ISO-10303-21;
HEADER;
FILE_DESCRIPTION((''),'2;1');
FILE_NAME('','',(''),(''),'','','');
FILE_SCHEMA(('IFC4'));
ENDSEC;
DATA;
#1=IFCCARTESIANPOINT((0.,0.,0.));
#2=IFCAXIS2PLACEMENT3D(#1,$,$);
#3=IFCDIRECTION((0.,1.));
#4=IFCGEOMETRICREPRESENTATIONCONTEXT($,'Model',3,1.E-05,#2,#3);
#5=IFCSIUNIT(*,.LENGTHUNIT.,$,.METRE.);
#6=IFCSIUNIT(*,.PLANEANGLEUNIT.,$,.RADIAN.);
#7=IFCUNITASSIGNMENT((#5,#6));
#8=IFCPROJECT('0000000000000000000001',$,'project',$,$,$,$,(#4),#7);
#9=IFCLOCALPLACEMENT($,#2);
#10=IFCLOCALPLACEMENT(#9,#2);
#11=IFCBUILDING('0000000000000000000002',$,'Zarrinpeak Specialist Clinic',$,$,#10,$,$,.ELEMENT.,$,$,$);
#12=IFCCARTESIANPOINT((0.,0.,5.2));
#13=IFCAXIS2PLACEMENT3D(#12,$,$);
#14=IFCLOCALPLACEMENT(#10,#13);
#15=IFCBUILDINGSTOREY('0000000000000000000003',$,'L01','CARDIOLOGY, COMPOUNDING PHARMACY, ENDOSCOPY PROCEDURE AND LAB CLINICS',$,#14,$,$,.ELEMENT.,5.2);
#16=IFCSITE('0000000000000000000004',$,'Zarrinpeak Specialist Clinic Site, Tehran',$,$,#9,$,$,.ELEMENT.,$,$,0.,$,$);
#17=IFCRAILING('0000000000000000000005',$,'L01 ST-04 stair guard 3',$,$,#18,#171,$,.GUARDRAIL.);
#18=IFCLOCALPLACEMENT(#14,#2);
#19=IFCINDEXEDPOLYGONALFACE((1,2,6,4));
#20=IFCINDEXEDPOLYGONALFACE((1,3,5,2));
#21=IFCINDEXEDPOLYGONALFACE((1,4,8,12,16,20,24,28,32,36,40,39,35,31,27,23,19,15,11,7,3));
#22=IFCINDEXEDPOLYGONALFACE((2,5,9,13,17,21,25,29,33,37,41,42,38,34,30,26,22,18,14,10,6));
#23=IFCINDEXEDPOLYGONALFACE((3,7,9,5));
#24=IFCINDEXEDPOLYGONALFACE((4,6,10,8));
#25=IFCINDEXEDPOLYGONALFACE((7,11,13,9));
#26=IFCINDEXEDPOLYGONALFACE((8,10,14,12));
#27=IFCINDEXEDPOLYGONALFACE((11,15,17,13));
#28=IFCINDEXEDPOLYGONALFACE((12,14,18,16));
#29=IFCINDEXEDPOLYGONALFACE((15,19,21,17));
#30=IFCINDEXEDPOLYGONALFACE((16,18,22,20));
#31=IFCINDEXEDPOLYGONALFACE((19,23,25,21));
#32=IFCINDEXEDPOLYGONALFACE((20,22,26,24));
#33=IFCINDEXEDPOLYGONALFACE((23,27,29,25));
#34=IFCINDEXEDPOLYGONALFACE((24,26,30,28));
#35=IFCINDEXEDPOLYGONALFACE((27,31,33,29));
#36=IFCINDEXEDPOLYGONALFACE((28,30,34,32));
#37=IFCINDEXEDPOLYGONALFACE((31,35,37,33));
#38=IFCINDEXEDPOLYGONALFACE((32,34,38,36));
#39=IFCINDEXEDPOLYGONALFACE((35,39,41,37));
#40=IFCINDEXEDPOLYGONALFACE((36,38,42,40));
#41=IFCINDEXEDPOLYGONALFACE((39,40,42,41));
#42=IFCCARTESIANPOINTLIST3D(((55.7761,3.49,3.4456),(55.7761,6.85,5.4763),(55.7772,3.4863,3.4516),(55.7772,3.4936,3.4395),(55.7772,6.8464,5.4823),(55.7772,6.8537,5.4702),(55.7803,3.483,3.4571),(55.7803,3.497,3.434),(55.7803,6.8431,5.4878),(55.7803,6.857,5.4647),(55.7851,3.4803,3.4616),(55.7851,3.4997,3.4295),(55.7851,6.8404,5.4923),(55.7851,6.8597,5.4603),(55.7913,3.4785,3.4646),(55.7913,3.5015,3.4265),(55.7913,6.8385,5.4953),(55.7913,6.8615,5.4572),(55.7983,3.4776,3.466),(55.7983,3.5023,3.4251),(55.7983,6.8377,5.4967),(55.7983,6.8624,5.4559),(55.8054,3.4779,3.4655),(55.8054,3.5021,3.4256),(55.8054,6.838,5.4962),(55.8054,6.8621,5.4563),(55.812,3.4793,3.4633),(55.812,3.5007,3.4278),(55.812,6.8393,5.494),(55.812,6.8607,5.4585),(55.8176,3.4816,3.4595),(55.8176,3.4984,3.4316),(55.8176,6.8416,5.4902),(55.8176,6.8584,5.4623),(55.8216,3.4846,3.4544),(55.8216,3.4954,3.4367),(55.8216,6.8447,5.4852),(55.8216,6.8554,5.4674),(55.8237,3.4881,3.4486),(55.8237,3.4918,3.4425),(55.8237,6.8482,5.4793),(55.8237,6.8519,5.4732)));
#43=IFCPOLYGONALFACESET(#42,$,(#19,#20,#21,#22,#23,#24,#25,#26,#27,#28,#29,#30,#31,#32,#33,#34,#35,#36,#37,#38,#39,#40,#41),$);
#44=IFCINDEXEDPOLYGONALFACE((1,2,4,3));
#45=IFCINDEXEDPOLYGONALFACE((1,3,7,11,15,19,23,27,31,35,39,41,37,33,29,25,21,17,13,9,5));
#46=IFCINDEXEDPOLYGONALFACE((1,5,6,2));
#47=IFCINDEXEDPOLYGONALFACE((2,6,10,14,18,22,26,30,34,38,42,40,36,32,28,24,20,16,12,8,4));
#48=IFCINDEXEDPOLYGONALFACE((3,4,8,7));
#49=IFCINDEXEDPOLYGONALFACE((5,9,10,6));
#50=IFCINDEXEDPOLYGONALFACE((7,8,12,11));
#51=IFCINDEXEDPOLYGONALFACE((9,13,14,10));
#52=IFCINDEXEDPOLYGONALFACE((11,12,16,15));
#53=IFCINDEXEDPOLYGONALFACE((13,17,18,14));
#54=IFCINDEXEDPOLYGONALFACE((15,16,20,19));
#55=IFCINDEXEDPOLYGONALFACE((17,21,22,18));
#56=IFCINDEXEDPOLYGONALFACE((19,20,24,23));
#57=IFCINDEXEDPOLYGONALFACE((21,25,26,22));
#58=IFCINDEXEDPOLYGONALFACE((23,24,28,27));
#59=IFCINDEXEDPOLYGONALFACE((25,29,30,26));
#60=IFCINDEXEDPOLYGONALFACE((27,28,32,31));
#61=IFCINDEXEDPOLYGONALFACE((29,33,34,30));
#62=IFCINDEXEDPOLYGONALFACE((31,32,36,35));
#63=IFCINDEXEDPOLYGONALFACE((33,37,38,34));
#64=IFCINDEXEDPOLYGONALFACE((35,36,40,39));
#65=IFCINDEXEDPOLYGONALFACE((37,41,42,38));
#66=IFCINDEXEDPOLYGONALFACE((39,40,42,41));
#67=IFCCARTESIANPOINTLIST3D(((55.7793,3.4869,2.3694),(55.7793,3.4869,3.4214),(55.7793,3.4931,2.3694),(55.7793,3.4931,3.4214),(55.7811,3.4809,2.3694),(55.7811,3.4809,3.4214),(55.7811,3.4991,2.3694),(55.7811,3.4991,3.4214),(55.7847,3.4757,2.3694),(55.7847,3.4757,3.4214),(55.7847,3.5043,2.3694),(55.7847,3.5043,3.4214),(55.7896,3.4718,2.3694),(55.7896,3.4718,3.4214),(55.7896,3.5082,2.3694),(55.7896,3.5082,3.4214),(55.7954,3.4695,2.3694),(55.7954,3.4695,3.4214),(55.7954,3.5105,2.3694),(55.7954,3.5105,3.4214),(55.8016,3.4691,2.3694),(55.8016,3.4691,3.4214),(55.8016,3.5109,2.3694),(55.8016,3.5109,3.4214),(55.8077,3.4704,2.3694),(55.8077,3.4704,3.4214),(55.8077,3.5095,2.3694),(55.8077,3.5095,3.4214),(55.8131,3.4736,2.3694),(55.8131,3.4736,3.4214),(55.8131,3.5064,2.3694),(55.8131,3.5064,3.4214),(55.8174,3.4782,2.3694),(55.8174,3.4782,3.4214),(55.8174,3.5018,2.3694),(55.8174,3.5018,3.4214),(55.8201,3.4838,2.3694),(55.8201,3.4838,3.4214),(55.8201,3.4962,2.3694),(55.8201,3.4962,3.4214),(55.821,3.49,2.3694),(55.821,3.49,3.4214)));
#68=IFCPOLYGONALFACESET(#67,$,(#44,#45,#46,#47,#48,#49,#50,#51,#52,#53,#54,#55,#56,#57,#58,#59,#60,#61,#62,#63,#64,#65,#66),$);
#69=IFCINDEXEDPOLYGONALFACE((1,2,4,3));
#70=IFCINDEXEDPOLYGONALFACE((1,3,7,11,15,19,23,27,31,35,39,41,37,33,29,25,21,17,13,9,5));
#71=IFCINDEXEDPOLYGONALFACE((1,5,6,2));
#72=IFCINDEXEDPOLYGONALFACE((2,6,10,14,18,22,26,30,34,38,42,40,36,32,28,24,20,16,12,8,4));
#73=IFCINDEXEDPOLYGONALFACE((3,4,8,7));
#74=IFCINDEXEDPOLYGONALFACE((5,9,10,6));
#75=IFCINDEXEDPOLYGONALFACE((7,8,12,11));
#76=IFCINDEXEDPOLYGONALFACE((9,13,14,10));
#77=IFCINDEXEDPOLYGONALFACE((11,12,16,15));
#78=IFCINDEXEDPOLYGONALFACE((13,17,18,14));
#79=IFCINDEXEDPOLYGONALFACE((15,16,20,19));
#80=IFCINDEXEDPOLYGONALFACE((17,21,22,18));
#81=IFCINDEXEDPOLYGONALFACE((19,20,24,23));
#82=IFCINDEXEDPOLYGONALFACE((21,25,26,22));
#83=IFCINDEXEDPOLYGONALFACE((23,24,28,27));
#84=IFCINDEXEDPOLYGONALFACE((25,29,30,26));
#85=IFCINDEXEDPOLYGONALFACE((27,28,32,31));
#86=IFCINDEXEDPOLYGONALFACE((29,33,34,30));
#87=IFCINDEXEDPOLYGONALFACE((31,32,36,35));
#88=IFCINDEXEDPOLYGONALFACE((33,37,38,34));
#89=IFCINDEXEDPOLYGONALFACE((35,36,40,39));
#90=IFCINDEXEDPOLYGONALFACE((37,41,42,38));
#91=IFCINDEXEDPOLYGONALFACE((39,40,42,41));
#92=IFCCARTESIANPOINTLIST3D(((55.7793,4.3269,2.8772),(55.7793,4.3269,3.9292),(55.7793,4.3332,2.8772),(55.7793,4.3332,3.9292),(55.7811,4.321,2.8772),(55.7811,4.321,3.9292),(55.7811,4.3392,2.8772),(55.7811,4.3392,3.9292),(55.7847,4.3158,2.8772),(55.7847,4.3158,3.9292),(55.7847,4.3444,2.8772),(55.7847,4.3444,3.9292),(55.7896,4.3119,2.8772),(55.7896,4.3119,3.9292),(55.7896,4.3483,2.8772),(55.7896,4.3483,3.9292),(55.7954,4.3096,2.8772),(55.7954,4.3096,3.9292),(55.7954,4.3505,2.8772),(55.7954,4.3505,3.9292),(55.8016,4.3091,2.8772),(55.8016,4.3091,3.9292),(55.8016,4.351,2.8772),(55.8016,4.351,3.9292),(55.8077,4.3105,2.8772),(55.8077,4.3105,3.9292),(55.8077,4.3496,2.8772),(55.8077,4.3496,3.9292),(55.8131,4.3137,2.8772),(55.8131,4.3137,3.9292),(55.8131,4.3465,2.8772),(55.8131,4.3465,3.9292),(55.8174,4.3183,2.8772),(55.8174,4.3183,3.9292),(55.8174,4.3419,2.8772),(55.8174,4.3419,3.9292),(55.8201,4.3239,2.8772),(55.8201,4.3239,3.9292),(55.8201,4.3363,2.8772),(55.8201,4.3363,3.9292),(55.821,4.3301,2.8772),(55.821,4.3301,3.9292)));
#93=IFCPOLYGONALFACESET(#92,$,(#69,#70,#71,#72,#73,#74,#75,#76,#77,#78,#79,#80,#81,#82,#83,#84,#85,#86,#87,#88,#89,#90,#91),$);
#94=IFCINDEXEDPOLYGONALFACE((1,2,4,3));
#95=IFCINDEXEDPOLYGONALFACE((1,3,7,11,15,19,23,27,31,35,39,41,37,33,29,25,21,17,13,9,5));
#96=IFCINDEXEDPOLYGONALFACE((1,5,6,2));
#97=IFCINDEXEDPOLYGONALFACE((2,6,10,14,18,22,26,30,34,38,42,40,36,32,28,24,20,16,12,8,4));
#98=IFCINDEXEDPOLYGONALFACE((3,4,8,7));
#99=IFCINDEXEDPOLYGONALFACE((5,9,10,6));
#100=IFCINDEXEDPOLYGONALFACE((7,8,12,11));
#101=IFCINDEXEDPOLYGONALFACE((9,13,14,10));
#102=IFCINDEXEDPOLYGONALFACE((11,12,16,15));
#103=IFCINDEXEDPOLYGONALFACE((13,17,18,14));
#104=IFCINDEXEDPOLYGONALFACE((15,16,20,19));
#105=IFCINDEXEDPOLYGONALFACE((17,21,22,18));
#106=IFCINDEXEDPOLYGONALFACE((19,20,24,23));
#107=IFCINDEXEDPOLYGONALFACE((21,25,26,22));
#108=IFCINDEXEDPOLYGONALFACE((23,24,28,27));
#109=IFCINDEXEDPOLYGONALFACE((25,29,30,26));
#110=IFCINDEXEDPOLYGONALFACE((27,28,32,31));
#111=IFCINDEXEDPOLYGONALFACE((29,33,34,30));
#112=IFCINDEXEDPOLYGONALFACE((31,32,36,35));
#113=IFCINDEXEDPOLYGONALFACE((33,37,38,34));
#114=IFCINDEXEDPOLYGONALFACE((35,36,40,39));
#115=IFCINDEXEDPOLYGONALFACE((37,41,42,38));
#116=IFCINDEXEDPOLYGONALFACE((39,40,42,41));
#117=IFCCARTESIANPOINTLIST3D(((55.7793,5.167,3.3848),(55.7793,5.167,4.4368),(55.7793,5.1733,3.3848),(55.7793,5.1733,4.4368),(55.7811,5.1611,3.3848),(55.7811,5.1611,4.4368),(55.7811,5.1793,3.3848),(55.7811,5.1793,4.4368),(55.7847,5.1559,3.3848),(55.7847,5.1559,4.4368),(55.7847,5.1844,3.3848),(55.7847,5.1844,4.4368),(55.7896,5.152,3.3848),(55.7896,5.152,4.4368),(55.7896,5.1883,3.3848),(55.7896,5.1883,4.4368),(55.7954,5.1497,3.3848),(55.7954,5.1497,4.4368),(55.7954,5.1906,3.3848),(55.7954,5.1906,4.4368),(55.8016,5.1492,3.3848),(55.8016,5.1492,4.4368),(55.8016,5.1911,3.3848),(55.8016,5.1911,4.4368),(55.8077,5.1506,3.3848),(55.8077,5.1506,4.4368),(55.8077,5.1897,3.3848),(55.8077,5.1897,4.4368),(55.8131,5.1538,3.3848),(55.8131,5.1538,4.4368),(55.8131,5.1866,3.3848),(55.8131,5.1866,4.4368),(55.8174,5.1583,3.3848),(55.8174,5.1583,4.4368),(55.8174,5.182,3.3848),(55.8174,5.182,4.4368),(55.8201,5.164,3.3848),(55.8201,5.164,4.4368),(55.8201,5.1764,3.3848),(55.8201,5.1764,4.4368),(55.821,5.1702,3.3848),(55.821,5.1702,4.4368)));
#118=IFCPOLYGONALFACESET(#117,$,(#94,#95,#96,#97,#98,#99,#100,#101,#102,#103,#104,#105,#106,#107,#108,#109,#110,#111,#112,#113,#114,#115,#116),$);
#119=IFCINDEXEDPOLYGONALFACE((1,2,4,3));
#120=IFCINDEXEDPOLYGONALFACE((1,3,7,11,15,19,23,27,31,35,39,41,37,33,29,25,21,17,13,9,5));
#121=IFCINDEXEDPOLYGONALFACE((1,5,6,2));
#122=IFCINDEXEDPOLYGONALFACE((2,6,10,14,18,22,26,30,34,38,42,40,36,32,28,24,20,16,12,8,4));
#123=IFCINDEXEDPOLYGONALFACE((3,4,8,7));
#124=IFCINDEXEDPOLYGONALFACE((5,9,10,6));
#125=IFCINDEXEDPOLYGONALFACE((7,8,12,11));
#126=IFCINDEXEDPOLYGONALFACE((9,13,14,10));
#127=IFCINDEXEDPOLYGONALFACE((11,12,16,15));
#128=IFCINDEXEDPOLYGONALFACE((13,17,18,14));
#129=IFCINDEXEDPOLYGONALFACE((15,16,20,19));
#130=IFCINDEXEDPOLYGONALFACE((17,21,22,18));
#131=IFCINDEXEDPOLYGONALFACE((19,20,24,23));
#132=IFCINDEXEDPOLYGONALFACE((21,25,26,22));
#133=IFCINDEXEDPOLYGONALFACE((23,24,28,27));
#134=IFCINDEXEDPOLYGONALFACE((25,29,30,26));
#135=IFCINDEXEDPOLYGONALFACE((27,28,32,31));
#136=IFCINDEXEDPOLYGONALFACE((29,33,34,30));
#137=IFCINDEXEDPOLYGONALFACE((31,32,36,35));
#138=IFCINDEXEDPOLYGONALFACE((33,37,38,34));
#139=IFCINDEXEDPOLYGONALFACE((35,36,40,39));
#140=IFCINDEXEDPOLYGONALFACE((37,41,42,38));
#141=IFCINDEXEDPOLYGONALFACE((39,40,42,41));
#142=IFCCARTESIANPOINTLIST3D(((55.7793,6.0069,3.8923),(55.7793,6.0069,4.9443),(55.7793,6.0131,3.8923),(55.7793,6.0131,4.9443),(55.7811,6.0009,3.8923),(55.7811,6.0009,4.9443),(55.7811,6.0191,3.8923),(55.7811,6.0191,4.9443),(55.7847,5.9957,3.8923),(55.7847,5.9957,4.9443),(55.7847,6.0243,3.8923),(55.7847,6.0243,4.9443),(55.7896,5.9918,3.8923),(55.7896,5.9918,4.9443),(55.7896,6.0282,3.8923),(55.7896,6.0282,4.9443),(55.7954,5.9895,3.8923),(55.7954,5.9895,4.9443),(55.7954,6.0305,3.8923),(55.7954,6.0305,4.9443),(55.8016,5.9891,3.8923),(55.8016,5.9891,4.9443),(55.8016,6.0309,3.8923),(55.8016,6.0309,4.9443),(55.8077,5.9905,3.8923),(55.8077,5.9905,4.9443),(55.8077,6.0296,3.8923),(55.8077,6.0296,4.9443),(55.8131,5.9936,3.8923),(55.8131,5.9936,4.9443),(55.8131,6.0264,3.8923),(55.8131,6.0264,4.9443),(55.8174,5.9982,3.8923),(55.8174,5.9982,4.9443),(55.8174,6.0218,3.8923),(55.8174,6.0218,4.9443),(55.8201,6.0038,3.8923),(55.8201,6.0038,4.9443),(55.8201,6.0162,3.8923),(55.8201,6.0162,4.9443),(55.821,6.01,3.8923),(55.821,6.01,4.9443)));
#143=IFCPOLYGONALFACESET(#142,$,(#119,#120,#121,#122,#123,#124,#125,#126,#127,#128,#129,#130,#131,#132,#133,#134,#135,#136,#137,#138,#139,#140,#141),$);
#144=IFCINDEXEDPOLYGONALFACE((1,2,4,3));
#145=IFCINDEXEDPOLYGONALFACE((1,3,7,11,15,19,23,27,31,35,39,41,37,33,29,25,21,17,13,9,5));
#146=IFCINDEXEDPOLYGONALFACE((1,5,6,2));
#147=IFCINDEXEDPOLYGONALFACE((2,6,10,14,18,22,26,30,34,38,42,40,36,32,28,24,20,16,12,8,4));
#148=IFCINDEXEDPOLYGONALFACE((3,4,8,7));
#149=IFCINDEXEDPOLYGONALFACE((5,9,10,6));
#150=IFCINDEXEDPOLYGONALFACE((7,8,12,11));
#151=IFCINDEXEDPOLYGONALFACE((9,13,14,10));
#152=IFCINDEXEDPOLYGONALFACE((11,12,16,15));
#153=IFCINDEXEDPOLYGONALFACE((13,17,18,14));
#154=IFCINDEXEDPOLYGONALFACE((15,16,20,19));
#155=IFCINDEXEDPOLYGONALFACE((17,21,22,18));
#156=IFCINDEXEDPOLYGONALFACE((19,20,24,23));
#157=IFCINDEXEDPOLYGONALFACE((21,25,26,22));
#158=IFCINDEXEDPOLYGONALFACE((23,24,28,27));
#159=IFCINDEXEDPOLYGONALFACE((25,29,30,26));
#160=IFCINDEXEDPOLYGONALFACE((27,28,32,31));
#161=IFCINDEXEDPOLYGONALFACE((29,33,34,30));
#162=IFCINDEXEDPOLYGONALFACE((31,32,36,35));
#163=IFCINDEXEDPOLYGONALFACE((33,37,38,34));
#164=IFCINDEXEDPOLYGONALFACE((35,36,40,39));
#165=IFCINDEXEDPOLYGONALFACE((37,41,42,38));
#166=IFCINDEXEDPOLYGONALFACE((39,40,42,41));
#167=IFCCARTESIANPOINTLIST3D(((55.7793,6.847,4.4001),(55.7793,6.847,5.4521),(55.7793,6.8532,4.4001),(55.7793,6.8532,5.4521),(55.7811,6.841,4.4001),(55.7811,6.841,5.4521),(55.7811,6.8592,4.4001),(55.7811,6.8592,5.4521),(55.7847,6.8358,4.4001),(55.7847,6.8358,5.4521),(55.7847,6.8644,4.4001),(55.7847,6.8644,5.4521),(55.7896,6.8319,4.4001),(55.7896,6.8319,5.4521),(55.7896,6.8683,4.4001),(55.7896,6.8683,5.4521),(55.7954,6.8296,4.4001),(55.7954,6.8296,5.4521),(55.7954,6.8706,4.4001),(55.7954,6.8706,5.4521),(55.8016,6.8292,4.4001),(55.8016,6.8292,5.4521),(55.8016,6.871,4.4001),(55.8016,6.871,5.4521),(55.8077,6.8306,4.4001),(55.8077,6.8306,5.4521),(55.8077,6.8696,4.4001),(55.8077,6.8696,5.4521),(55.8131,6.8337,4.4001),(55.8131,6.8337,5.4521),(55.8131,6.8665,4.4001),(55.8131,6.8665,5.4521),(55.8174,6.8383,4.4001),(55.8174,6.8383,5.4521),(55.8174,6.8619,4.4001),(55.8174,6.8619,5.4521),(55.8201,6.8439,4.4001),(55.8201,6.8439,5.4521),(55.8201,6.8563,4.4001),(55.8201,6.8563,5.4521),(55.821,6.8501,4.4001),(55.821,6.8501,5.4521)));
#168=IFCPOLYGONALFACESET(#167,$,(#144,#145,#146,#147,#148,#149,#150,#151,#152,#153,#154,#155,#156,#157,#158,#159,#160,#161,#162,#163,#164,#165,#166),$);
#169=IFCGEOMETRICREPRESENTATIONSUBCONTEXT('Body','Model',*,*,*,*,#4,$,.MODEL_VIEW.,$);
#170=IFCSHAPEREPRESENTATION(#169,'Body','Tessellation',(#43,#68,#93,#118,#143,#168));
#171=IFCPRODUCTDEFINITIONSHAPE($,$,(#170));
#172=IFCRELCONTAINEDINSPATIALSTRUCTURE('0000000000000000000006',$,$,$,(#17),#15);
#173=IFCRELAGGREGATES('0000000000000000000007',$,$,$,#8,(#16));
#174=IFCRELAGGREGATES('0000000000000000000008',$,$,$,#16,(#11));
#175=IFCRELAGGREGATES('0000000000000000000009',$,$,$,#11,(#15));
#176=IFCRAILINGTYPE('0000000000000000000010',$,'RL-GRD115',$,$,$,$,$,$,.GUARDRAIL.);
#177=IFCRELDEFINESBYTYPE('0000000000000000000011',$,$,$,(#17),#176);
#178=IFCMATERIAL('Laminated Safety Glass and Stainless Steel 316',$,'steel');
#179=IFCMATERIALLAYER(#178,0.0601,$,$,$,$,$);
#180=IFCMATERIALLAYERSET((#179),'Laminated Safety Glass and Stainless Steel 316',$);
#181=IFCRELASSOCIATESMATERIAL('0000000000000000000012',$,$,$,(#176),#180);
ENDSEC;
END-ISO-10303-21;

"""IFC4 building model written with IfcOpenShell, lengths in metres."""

from ifc_helpers import new_model, si_unit, direction, frame, origin, origin_2d, place, context, subcontext, project, spatial, circle, extrude, material, layer, layer_set, type_object, element, save


model = new_model("IFC4")

# Units and contexts
model_context = context("Model", 3, precision=1e-05, world=origin(), true_north=direction((0.0, 1.0)))
body_context = subcontext(model_context, "Body", "Model", "MODEL_VIEW")
ifc_project = project(units=[si_unit("LENGTHUNIT", "METRE"), si_unit("PLANEANGLEUNIT", "RADIAN")], contexts=[model_context])

# Site, building, storey
site_placement = place(None, origin())
site = spatial("IfcSite", under=ifc_project, at=site_placement, Name="Zarrinpeak Specialist Clinic Site, Tehran", CompositionType="ELEMENT", RefElevation=0.0)
building_placement = place(site_placement, origin())
building = spatial("IfcBuilding", under=site, at=building_placement, Name="Zarrinpeak Specialist Clinic", CompositionType="ELEMENT")
storey_placement = place(building_placement, frame((0.0, 0.0, 5.2)))
storey = spatial("IfcBuildingStorey", under=building, at=storey_placement, Name="L01", Description="CARDIOLOGY, COMPOUNDING PHARMACY, ENDOSCOPY PROCEDURE AND LAB CLINICS", CompositionType="ELEMENT", Elevation=5.2)

# Railing
ifc_material_1 = material(Name="Laminated Safety Glass and Stainless Steel 316", Category="steel")
ifc_layer_1 = layer(ifc_material_1, 0.0601)
ifc_layer_set_1 = layer_set([ifc_layer_1], Name="Laminated Safety Glass and Stainless Steel 316")
railing_type_1 = type_object("IfcRailingType", Name="RL-GRD115", PredefinedType="GUARDRAIL", material=ifc_layer_set_1)
railing_1_placement = place(storey_placement, frame((55.8, 3.49, 2.3694)))
element("IfcRailing", 1, at=railing_1_placement, inside=storey, type_object=railing_type_1, Name="L01 ST-04 stair guard 3", PredefinedType="GUARDRAIL", context=body_context, shape_type="SweptSolid", body=[
    extrude(circle(Radius=0.0239, at=origin_2d()), frame((0.0, 0.0, 1.0762), z_axis=(0.0, 0.855837, 0.517246), x_axis=(-1.0, 0.0, 0.0)), (0.0, 0.0, 1.0), 3.926),
    extrude(circle(Radius=0.021, at=origin_2d()), origin(), (0.0, 0.0, 1.0), 1.052),
    extrude(circle(Radius=0.021, at=origin_2d()), frame((0.0, 0.8401, 0.5078)), (0.0, 0.0, 1.0), 1.052),
    extrude(circle(Radius=0.021, at=origin_2d()), frame((0.0, 1.6802, 1.0154)), (0.0, 0.0, 1.0), 1.052),
    extrude(circle(Radius=0.021, at=origin_2d()), frame((0.0, 2.52, 1.5229)), (0.0, 0.0, 1.0), 1.052),
    extrude(circle(Radius=0.021, at=origin_2d()), frame((0.0, 3.3601, 2.0308)), (0.0, 0.0, 1.0), 1.052),
])

save(model, "model.ifc")
